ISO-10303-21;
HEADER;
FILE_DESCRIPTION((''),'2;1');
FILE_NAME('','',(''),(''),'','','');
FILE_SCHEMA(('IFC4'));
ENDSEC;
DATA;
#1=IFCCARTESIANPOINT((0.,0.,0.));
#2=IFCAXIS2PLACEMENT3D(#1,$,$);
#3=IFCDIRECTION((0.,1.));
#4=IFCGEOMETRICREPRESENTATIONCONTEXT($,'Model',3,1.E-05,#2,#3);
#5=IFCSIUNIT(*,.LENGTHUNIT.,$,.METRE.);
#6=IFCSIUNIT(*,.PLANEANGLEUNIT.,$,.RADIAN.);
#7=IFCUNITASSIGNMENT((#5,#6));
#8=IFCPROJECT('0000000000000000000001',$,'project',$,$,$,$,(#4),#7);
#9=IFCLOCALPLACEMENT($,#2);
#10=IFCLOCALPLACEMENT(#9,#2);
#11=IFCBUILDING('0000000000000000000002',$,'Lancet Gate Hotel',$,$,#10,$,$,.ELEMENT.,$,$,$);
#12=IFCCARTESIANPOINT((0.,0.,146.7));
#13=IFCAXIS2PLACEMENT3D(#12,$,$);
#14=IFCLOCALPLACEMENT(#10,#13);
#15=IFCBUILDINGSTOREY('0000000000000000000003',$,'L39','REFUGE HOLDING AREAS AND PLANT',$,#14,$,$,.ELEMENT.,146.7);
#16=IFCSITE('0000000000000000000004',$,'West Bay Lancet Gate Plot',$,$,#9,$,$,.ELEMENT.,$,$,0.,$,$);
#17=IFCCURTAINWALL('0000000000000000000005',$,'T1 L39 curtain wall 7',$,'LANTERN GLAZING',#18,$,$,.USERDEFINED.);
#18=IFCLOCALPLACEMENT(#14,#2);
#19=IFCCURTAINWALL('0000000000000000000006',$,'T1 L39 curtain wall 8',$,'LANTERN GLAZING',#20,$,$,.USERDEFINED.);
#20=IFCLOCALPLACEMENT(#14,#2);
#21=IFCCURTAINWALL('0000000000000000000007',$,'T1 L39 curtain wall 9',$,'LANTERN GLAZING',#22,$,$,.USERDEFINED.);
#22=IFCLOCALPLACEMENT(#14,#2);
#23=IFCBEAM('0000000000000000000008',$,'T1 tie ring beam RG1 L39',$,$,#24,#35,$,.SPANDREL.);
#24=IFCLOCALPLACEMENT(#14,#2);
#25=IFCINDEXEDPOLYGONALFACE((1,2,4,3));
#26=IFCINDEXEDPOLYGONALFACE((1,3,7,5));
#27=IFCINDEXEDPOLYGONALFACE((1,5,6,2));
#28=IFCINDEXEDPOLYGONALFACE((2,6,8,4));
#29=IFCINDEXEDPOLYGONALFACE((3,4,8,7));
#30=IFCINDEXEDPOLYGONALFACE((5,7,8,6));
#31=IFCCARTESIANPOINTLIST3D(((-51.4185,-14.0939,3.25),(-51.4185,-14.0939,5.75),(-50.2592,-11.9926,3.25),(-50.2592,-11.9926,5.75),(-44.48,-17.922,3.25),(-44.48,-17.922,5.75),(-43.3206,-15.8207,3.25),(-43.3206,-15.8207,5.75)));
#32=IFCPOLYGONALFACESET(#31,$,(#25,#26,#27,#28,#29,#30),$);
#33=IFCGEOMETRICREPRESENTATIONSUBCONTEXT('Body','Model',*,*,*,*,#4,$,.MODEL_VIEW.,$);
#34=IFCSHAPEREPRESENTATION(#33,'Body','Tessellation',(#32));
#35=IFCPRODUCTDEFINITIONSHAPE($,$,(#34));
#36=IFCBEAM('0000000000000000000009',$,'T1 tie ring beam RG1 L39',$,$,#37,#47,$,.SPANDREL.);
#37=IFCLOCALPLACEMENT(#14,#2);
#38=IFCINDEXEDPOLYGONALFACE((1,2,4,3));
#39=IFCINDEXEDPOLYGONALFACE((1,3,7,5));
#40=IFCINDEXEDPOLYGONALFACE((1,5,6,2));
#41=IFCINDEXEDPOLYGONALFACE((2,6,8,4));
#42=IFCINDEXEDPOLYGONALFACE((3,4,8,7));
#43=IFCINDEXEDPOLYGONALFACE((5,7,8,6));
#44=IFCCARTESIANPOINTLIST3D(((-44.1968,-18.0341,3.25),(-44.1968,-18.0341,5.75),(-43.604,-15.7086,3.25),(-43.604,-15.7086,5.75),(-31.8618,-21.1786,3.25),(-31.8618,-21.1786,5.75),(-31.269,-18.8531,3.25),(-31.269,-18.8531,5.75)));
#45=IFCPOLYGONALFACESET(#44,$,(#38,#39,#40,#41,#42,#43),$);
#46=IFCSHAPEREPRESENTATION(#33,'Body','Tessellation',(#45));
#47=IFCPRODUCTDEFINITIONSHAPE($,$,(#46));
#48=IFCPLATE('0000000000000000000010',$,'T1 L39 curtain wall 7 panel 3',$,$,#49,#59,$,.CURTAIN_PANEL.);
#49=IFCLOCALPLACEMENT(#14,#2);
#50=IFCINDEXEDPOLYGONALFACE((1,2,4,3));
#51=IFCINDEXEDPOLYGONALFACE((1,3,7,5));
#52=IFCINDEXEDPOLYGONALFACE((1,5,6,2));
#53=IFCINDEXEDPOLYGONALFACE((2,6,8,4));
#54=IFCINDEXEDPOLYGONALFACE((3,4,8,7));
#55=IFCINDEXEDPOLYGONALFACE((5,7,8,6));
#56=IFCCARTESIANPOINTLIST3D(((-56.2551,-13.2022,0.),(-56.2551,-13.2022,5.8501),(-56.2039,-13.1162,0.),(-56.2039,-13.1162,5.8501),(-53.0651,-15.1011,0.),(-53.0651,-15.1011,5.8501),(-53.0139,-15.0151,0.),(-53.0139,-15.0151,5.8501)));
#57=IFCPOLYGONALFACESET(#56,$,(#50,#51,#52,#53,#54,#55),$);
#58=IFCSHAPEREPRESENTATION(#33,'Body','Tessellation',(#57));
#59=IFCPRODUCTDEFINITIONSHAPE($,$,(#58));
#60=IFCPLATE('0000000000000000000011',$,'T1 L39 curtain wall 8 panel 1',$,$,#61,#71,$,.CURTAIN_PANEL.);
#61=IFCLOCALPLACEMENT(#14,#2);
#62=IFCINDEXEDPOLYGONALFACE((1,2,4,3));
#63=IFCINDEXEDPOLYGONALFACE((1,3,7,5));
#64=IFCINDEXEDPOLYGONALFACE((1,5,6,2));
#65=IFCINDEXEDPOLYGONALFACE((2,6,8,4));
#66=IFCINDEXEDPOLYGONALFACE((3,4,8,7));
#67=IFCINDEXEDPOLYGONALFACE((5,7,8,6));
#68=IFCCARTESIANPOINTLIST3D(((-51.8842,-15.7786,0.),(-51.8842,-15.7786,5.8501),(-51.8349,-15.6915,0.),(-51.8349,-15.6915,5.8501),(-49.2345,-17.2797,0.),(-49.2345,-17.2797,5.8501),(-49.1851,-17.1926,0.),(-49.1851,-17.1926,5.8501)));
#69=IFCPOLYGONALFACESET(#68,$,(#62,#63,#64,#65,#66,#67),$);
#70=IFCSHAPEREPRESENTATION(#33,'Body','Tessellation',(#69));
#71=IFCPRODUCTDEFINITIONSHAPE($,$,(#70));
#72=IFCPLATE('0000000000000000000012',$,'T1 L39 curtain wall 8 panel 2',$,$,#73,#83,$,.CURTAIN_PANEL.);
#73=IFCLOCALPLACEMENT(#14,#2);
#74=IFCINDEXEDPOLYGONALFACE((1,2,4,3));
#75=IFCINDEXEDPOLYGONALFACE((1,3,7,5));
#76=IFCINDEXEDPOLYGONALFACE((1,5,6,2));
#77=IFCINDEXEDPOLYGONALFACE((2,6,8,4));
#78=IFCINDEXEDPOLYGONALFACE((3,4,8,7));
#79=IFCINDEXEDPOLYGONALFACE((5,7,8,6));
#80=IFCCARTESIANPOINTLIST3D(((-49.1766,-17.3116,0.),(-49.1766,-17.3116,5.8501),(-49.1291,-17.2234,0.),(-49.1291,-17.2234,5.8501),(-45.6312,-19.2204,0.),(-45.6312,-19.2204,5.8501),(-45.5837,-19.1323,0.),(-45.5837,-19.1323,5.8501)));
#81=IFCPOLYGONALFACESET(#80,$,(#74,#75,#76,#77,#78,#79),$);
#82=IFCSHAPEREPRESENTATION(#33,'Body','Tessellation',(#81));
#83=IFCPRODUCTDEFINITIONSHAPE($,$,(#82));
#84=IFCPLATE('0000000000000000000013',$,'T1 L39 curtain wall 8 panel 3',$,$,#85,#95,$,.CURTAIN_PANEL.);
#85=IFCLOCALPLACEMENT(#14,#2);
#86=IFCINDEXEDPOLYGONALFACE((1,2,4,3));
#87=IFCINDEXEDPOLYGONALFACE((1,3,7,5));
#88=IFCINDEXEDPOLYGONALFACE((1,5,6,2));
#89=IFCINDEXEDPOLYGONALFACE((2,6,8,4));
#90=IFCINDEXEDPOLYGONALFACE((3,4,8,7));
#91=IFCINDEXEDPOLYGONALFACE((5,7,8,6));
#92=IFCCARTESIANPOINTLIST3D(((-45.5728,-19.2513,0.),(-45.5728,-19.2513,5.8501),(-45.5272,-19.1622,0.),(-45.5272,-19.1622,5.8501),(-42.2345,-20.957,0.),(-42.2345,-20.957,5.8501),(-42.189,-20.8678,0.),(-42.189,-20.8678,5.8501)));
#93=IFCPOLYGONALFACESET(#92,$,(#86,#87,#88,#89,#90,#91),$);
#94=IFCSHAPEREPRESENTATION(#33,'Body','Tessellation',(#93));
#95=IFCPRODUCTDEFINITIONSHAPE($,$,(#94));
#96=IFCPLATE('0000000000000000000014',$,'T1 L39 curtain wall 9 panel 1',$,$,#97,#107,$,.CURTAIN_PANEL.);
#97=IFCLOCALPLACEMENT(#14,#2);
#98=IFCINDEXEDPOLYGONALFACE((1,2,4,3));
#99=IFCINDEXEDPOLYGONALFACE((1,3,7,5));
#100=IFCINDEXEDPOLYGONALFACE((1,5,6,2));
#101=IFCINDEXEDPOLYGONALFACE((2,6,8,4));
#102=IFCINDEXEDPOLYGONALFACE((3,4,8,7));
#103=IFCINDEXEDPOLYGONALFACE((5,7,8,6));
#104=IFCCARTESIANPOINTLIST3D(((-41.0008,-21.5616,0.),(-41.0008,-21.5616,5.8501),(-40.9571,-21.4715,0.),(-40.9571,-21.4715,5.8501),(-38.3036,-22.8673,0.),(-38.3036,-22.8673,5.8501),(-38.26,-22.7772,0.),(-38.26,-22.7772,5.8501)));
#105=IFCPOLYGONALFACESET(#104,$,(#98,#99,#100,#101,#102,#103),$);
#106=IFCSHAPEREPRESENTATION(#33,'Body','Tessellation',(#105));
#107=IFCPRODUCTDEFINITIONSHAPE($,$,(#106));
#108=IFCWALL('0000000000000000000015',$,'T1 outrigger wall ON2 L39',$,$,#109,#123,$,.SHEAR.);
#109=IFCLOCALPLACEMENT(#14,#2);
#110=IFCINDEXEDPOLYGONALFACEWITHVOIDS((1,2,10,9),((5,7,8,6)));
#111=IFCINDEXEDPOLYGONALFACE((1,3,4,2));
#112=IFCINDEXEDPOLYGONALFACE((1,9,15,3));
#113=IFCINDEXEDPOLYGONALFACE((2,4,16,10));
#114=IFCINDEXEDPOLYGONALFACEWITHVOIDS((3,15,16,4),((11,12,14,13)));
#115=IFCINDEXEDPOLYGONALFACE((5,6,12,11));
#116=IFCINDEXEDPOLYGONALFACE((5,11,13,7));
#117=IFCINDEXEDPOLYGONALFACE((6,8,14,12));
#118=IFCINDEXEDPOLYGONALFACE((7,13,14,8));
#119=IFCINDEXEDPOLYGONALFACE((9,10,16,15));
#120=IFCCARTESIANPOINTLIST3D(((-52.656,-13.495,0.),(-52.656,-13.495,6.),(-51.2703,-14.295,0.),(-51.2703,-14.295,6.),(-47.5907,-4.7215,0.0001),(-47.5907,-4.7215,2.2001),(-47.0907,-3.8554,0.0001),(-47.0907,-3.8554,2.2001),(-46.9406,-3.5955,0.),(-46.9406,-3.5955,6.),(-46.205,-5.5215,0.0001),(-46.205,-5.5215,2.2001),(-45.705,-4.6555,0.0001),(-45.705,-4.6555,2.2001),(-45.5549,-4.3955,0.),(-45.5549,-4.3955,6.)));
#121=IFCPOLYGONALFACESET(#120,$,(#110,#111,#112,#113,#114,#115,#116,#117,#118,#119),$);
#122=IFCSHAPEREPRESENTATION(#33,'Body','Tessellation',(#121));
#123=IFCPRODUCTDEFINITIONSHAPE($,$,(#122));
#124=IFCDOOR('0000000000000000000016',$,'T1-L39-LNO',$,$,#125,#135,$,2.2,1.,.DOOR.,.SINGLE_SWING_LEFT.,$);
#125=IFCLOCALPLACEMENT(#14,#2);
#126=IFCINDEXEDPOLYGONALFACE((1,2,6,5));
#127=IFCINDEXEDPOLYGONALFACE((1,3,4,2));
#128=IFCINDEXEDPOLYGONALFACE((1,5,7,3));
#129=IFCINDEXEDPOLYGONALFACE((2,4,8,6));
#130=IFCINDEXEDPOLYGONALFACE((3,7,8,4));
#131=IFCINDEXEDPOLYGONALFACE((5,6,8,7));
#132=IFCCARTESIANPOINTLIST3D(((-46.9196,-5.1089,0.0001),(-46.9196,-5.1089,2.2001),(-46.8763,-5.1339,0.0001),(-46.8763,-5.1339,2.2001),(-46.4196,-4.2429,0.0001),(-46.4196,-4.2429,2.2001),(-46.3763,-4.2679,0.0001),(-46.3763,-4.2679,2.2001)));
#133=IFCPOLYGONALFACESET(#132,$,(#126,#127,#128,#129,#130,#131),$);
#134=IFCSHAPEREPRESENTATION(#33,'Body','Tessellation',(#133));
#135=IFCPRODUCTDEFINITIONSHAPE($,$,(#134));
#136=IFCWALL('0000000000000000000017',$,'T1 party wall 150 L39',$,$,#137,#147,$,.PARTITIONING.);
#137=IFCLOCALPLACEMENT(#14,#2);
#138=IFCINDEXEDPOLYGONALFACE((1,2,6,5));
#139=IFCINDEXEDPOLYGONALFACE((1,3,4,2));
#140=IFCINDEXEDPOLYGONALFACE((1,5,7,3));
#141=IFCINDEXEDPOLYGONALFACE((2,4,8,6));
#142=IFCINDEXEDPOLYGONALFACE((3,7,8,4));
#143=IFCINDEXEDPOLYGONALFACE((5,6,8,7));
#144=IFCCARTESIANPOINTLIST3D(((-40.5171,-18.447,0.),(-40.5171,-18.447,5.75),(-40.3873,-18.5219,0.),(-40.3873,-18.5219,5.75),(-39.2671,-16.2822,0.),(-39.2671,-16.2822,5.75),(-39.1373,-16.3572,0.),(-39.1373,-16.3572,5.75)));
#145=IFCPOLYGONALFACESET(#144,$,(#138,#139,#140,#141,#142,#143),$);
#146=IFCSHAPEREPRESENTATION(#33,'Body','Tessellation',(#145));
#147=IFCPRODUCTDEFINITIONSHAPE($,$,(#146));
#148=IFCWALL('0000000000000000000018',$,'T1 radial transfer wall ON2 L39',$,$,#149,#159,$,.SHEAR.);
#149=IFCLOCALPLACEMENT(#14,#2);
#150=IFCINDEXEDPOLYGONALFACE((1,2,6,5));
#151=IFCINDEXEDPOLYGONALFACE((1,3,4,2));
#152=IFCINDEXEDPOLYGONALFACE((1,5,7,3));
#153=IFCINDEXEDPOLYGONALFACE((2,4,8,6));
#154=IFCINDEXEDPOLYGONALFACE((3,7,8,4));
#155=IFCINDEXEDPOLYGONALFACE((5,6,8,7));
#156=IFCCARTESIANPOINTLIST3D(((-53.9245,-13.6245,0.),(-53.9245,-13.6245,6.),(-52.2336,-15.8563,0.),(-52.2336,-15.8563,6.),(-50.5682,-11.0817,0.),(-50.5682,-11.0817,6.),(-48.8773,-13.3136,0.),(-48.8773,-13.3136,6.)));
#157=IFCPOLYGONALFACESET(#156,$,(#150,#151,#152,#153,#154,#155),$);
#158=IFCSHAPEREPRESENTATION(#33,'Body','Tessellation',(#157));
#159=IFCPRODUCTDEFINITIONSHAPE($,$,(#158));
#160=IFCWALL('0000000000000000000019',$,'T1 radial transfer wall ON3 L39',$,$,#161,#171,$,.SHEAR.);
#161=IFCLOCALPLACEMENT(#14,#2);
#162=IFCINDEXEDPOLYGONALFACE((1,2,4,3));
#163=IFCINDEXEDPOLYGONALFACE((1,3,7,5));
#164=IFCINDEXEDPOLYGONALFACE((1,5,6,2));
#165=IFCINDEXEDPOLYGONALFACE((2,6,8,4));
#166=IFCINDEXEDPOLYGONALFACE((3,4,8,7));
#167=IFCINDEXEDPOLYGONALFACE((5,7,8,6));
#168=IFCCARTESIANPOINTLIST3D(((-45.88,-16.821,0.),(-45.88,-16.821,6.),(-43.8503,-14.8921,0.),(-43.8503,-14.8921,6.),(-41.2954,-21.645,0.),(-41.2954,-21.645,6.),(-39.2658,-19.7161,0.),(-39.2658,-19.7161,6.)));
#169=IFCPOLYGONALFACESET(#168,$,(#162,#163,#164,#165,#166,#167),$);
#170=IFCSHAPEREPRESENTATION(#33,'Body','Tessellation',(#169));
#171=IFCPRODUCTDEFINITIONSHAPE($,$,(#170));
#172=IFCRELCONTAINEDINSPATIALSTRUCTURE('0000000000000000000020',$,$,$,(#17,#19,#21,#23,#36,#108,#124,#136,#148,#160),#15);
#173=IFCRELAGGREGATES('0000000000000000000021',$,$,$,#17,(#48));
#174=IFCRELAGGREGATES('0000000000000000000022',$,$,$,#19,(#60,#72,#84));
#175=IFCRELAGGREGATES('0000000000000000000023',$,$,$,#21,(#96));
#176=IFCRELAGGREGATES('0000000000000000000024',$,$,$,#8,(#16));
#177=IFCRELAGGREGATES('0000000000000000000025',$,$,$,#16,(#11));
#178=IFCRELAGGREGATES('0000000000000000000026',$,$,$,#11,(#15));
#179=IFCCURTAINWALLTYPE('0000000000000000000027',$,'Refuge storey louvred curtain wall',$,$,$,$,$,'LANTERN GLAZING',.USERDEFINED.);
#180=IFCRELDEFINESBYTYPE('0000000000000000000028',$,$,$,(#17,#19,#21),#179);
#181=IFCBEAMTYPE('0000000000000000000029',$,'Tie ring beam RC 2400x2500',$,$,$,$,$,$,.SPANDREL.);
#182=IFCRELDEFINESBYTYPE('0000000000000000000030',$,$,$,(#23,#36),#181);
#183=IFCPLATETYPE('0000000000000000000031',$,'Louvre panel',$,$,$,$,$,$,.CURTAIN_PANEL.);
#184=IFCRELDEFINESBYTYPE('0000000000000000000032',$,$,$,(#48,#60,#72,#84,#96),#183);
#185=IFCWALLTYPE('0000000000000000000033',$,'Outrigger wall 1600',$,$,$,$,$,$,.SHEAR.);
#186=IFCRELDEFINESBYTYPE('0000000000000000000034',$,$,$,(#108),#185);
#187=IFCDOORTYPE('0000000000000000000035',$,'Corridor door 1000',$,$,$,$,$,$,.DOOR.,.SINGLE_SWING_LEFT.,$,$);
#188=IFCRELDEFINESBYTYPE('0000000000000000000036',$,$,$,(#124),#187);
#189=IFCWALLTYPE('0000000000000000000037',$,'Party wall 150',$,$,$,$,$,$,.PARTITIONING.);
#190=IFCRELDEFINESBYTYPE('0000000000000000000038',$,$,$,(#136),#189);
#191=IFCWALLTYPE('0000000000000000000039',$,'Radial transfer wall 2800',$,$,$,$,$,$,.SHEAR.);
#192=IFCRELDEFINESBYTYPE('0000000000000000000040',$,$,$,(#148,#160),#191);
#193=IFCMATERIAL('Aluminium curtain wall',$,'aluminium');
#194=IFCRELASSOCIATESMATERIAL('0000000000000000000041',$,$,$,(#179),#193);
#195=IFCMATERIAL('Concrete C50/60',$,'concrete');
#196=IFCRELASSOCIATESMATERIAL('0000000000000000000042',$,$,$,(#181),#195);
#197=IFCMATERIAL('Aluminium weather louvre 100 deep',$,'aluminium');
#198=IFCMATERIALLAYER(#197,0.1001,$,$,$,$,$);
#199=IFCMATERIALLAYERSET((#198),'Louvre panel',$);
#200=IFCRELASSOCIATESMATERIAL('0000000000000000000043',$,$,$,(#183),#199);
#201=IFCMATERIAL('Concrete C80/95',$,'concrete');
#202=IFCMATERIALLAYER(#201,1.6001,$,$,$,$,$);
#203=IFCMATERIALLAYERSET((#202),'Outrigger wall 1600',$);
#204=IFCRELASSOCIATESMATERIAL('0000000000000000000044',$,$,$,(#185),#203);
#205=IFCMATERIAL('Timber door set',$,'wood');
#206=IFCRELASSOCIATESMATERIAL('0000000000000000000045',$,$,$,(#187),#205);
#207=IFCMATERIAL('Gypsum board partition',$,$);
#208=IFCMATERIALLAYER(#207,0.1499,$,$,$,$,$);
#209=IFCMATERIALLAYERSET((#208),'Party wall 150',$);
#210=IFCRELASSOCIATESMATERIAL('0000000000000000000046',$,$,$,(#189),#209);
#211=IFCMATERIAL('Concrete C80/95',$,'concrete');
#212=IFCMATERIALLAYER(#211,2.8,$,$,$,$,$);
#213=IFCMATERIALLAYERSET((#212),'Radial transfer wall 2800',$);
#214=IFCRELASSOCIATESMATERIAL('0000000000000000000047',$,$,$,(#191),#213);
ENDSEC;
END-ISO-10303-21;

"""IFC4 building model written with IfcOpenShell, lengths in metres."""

from ifc_helpers import new_model, si_unit, direction, frame, frame_2d, origin, origin_2d, place, context, subcontext, project, spatial, rectangle, extrude, material, layer, layer_set, material_profile, profile_set, type_object, element, fill, aggregate, save


model = new_model("IFC4")

# Units and contexts
model_context = context("Model", 3, precision=1e-05, world=origin(), true_north=direction((0.0, 1.0)))
body_context = subcontext(model_context, "Body", "Model", "MODEL_VIEW")
ifc_project = project(units=[si_unit("LENGTHUNIT", "METRE"), si_unit("PLANEANGLEUNIT", "RADIAN")], contexts=[model_context])

# Site, building, storey
site_placement = place(None, origin())
site = spatial("IfcSite", under=ifc_project, at=site_placement, Name="West Bay Lancet Gate Plot", CompositionType="ELEMENT", RefElevation=0.0)
building_placement = place(site_placement, origin())
building = spatial("IfcBuilding", under=site, at=building_placement, Name="Lancet Gate Hotel", CompositionType="ELEMENT")
storey_placement = place(building_placement, frame((0.0, 0.0, 146.7)))
storey = spatial("IfcBuildingStorey", under=building, at=storey_placement, Name="L39", Description="REFUGE HOLDING AREAS AND PLANT", CompositionType="ELEMENT", Elevation=146.7)

# Curtain wall
ifc_material_1 = material(Name="Aluminium curtain wall", Category="aluminium")
curtain_wall_type = type_object("IfcCurtainWallType", Name="Refuge storey louvred curtain wall", ElementType="LANTERN GLAZING", PredefinedType="USERDEFINED", material=ifc_material_1)
curtain_wall_1_placement = place(storey_placement, origin())
curtain_wall_1 = element("IfcCurtainWall", 1, at=curtain_wall_1_placement, inside=storey, type_object=curtain_wall_type, Name="T1 L39 curtain wall 7", ObjectType="LANTERN GLAZING", PredefinedType="USERDEFINED")

# Curtain walls
curtain_wall_2_placement = place(storey_placement, origin())
curtain_wall_2 = element("IfcCurtainWall", 2, at=curtain_wall_2_placement, inside=storey, type_object=curtain_wall_type, Name="T1 L39 curtain wall 8", ObjectType="LANTERN GLAZING", PredefinedType="USERDEFINED")
curtain_wall_3_placement = place(storey_placement, origin())
curtain_wall_3 = element("IfcCurtainWall", 3, at=curtain_wall_3_placement, inside=storey, type_object=curtain_wall_type, Name="T1 L39 curtain wall 9", ObjectType="LANTERN GLAZING", PredefinedType="USERDEFINED")

# Beams
ifc_material_2 = material(Name="Concrete C50/60", Category="concrete")
ifc_material_profile_1 = material_profile(ifc_material_2, rectangle(XDim=2.3999, YDim=2.5, at=origin_2d()), Name="RC 2400x2500")
ifc_profile_set_1 = profile_set([ifc_material_profile_1], Name="Concrete C50/60")
beam_type_1 = type_object("IfcBeamType", Name="Tie ring beam RC 2400x2500", PredefinedType="SPANDREL", material=ifc_profile_set_1)
beam_1_placement = place(storey_placement, frame((-50.8389, -13.0432, 4.5), z_axis=(0.875578, -0.483077, 0.0), x_axis=(0.483077, 0.875578, 0.0)))
element("IfcBeam", 4, at=beam_1_placement, inside=storey, type_object=beam_type_1, Name="T1 tie ring beam RG1 L39", PredefinedType="SPANDREL", context=body_context, shape_type="SweptSolid", body=[
    extrude(rectangle(XDim=2.3999, YDim=2.5, at=origin_2d()), origin(), (0.0, 0.0, 1.0), 7.9246),
])
beam_2_placement = place(storey_placement, frame((-43.9004, -16.8713, 4.5), z_axis=(0.969008, -0.247028, 0.0), x_axis=(0.247028, 0.969008, 0.0)))
element("IfcBeam", 5, at=beam_2_placement, inside=storey, type_object=beam_type_1, Name="T1 tie ring beam RG1 L39", PredefinedType="SPANDREL", context=body_context, shape_type="SweptSolid", body=[
    extrude(rectangle(XDim=2.3999, YDim=2.5, at=origin_2d()), origin(), (0.0, 0.0, 1.0), 12.7295),
])

# Plates
ifc_material_3 = material(Name="Aluminium weather louvre 100 deep", Category="aluminium")
ifc_layer_1 = layer(ifc_material_3, 0.1001)
ifc_layer_set_1 = layer_set([ifc_layer_1], Name="Louvre panel")
plate_type = type_object("IfcPlateType", Name="Louvre panel", PredefinedType="CURTAIN_PANEL", material=ifc_layer_set_1)
plate_1_placement = place(storey_placement, frame((-54.6345, -14.1086, 0.0), z_axis=(0.0, 0.0, 1.0), x_axis=(0.859271, -0.51152, 0.0)))
plate_1 = element("IfcPlate", 6, at=plate_1_placement, type_object=plate_type, Name="T1 L39 curtain wall 7 panel 3", PredefinedType="CURTAIN_PANEL", context=body_context, shape_type="SweptSolid", body=[
    extrude(rectangle(XDim=3.7124, YDim=0.1001, at=origin_2d()), origin(), (0.0, 0.0, 1.0), 5.8501),
])
aggregate(curtain_wall_1, [plate_1])
plate_2_placement = place(storey_placement, frame((-50.5347, -16.4856, 0.0), z_axis=(0.0, 0.0, 1.0), x_axis=(0.870084, -0.492904, 0.0)))
plate_2 = element("IfcPlate", 7, at=plate_2_placement, type_object=plate_type, Name="T1 L39 curtain wall 8 panel 1", PredefinedType="CURTAIN_PANEL", context=body_context, shape_type="SweptSolid", body=[
    extrude(rectangle(XDim=3.0454, YDim=0.1001, at=origin_2d()), origin(), (0.0, 0.0, 1.0), 5.8501),
])
plate_3_placement = place(storey_placement, frame((-47.3801, -18.2219, 0.0), z_axis=(0.0, 0.0, 1.0), x_axis=(0.880493, -0.47406, 0.0)))
plate_3 = element("IfcPlate", 8, at=plate_3_placement, type_object=plate_type, Name="T1 L39 curtain wall 8 panel 2", PredefinedType="CURTAIN_PANEL", context=body_context, shape_type="SweptSolid", body=[
    extrude(rectangle(XDim=4.0266, YDim=0.1001, at=origin_2d()), origin(), (0.0, 0.0, 1.0), 5.8501),
])
plate_4_placement = place(storey_placement, frame((-43.8809, -20.0596, 0.0), z_axis=(0.0, 0.0, 1.0), x_axis=(0.890493, -0.454996, 0.0)))
plate_4 = element("IfcPlate", 9, at=plate_4_placement, type_object=plate_type, Name="T1 L39 curtain wall 8 panel 3", PredefinedType="CURTAIN_PANEL", context=body_context, shape_type="SweptSolid", body=[
    extrude(rectangle(XDim=3.7488, YDim=0.1001, at=origin_2d()), origin(), (0.0, 0.0, 1.0), 5.8501),
])
aggregate(curtain_wall_2, [plate_2, plate_3, plate_4])
plate_5_placement = place(storey_placement, frame((-39.6304, -22.1694, 0.0), z_axis=(0.0, 0.0, 1.0), x_axis=(0.900082, -0.435721, 0.0)))
plate_5 = element("IfcPlate", 10, at=plate_5_placement, type_object=plate_type, Name="T1 L39 curtain wall 9 panel 1", PredefinedType="CURTAIN_PANEL", context=body_context, shape_type="SweptSolid", body=[
    extrude(rectangle(XDim=2.9966, YDim=0.1001, at=origin_2d()), origin(), (0.0, 0.0, 1.0), 5.8501),
])
aggregate(curtain_wall_3, [plate_5])

# Wall, opening, door
ifc_material_4 = material(Name="Concrete C80/95", Category="concrete")
ifc_layer_2 = layer(ifc_material_4, 1.6001)
ifc_layer_set_2 = layer_set([ifc_layer_2], Name="Outrigger wall 1600")
wall_type_1 = type_object("IfcWallType", Name="Outrigger wall 1600", PredefinedType="SHEAR", material=ifc_layer_set_2)
wall_1_placement = place(storey_placement, frame((-46.2478, -3.9956, 0.0), z_axis=(0.0, 0.0, 1.0), x_axis=(-0.499994, -0.866029, 0.0)))
wall_1 = element("IfcWall", 11, at=wall_1_placement, inside=storey, type_object=wall_type_1, Name="T1 outrigger wall ON2 L39", PredefinedType="SHEAR", context=body_context, shape_type="SweptSolid", body=[
    extrude(rectangle(XDim=11.4309, YDim=1.6001, at=frame_2d((5.7153, 0.0))), origin(), (0.0, 0.0, 1.0), 6.0),
])
opening_placement = place(wall_1_placement, frame((0.3, 0.0, 0.0)))
opening = element("IfcOpeningElement", 12, at=opening_placement, cuts=wall_1, PredefinedType="OPENING", context=body_context, shape_type="SweptSolid", body=[
    extrude(rectangle(XDim=1.0, YDim=2.2, at=frame_2d((0.5, 1.1001))), frame((0.0, 0.8101, 0.0), z_axis=(0.0, -1.0, 0.0), x_axis=(1.0, 0.0, 0.0)), (0.0, 0.0, 1.0), 1.6201),
])
ifc_material_5 = material(Name="Timber door set", Category="wood")
door_type = type_object("IfcDoorType", Name="Corridor door 1000", OperationType="SINGLE_SWING_LEFT", PredefinedType="DOOR", material=ifc_material_5)
door_placement = place(opening_placement, origin())
door = element("IfcDoor", 13, at=door_placement, inside=storey, type_object=door_type, Name="T1-L39-LNO", OperationType="SINGLE_SWING_LEFT", OverallHeight=2.2, OverallWidth=1.0, PredefinedType="DOOR", context=body_context, shape_type="SweptSolid", body=[
    extrude(rectangle(XDim=1.0, YDim=2.2, at=frame_2d((0.5, 1.1001))), frame((0.0, 0.0249, 0.0), z_axis=(0.0, -1.0, 0.0), x_axis=(1.0, 0.0, 0.0)), (0.0, 0.0, 1.0), 0.05),
])
fill(opening, door)

# Walls
ifc_material_6 = material(Name="Gypsum board partition")
ifc_layer_3 = layer(ifc_material_6, 0.1499)
ifc_layer_set_3 = layer_set([ifc_layer_3], Name="Party wall 150")
wall_type_2 = type_object("IfcWallType", Name="Party wall 150", PredefinedType="PARTITIONING", material=ifc_layer_set_3)
wall_2_placement = place(storey_placement, frame((-39.2021, -16.3196, 0.0), z_axis=(0.0, 0.0, 1.0), x_axis=(-0.500047, -0.865999, 0.0)))
element("IfcWall", 14, at=wall_2_placement, inside=storey, type_object=wall_type_2, Name="T1 party wall 150 L39", PredefinedType="PARTITIONING", context=body_context, shape_type="SweptSolid", body=[
    extrude(rectangle(XDim=2.4998, YDim=0.1499, at=frame_2d((1.25, 0.0))), origin(), (0.0, 0.0, 1.0), 5.75),
])
ifc_material_7 = material(Name="Concrete C80/95", Category="concrete")
ifc_layer_4 = layer(ifc_material_7, 2.8)
ifc_layer_set_4 = layer_set([ifc_layer_4], Name="Radial transfer wall 2800")
wall_type_3 = type_object("IfcWallType", Name="Radial transfer wall 2800", PredefinedType="SHEAR", material=ifc_layer_set_4)
wall_3_placement = place(storey_placement, frame((-53.0791, -14.7405, 0.0), z_axis=(0.0, 0.0, 1.0), x_axis=(0.797075, 0.60388, 0.0)))
element("IfcWall", 15, at=wall_3_placement, inside=storey, type_object=wall_type_3, Name="T1 radial transfer wall ON2 L39", PredefinedType="SHEAR", context=body_context, shape_type="SweptSolid", body=[
    extrude(rectangle(XDim=4.2107, YDim=2.8, at=frame_2d((2.1055, 0.0))), origin(), (0.0, 0.0, 1.0), 6.0),
])
wall_4_placement = place(storey_placement, frame((-40.2805, -20.6807, 0.0), z_axis=(0.0, 0.0, 1.0), x_axis=(-0.688883, 0.724872, 0.0)))
element("IfcWall", 16, at=wall_4_placement, inside=storey, type_object=wall_type_3, Name="T1 radial transfer wall ON3 L39", PredefinedType="SHEAR", context=body_context, shape_type="SweptSolid", body=[
    extrude(rectangle(XDim=6.655, YDim=2.8, at=frame_2d((3.3276, 0.0))), origin(), (0.0, 0.0, 1.0), 6.0),
])

save(model, "model.ifc")
